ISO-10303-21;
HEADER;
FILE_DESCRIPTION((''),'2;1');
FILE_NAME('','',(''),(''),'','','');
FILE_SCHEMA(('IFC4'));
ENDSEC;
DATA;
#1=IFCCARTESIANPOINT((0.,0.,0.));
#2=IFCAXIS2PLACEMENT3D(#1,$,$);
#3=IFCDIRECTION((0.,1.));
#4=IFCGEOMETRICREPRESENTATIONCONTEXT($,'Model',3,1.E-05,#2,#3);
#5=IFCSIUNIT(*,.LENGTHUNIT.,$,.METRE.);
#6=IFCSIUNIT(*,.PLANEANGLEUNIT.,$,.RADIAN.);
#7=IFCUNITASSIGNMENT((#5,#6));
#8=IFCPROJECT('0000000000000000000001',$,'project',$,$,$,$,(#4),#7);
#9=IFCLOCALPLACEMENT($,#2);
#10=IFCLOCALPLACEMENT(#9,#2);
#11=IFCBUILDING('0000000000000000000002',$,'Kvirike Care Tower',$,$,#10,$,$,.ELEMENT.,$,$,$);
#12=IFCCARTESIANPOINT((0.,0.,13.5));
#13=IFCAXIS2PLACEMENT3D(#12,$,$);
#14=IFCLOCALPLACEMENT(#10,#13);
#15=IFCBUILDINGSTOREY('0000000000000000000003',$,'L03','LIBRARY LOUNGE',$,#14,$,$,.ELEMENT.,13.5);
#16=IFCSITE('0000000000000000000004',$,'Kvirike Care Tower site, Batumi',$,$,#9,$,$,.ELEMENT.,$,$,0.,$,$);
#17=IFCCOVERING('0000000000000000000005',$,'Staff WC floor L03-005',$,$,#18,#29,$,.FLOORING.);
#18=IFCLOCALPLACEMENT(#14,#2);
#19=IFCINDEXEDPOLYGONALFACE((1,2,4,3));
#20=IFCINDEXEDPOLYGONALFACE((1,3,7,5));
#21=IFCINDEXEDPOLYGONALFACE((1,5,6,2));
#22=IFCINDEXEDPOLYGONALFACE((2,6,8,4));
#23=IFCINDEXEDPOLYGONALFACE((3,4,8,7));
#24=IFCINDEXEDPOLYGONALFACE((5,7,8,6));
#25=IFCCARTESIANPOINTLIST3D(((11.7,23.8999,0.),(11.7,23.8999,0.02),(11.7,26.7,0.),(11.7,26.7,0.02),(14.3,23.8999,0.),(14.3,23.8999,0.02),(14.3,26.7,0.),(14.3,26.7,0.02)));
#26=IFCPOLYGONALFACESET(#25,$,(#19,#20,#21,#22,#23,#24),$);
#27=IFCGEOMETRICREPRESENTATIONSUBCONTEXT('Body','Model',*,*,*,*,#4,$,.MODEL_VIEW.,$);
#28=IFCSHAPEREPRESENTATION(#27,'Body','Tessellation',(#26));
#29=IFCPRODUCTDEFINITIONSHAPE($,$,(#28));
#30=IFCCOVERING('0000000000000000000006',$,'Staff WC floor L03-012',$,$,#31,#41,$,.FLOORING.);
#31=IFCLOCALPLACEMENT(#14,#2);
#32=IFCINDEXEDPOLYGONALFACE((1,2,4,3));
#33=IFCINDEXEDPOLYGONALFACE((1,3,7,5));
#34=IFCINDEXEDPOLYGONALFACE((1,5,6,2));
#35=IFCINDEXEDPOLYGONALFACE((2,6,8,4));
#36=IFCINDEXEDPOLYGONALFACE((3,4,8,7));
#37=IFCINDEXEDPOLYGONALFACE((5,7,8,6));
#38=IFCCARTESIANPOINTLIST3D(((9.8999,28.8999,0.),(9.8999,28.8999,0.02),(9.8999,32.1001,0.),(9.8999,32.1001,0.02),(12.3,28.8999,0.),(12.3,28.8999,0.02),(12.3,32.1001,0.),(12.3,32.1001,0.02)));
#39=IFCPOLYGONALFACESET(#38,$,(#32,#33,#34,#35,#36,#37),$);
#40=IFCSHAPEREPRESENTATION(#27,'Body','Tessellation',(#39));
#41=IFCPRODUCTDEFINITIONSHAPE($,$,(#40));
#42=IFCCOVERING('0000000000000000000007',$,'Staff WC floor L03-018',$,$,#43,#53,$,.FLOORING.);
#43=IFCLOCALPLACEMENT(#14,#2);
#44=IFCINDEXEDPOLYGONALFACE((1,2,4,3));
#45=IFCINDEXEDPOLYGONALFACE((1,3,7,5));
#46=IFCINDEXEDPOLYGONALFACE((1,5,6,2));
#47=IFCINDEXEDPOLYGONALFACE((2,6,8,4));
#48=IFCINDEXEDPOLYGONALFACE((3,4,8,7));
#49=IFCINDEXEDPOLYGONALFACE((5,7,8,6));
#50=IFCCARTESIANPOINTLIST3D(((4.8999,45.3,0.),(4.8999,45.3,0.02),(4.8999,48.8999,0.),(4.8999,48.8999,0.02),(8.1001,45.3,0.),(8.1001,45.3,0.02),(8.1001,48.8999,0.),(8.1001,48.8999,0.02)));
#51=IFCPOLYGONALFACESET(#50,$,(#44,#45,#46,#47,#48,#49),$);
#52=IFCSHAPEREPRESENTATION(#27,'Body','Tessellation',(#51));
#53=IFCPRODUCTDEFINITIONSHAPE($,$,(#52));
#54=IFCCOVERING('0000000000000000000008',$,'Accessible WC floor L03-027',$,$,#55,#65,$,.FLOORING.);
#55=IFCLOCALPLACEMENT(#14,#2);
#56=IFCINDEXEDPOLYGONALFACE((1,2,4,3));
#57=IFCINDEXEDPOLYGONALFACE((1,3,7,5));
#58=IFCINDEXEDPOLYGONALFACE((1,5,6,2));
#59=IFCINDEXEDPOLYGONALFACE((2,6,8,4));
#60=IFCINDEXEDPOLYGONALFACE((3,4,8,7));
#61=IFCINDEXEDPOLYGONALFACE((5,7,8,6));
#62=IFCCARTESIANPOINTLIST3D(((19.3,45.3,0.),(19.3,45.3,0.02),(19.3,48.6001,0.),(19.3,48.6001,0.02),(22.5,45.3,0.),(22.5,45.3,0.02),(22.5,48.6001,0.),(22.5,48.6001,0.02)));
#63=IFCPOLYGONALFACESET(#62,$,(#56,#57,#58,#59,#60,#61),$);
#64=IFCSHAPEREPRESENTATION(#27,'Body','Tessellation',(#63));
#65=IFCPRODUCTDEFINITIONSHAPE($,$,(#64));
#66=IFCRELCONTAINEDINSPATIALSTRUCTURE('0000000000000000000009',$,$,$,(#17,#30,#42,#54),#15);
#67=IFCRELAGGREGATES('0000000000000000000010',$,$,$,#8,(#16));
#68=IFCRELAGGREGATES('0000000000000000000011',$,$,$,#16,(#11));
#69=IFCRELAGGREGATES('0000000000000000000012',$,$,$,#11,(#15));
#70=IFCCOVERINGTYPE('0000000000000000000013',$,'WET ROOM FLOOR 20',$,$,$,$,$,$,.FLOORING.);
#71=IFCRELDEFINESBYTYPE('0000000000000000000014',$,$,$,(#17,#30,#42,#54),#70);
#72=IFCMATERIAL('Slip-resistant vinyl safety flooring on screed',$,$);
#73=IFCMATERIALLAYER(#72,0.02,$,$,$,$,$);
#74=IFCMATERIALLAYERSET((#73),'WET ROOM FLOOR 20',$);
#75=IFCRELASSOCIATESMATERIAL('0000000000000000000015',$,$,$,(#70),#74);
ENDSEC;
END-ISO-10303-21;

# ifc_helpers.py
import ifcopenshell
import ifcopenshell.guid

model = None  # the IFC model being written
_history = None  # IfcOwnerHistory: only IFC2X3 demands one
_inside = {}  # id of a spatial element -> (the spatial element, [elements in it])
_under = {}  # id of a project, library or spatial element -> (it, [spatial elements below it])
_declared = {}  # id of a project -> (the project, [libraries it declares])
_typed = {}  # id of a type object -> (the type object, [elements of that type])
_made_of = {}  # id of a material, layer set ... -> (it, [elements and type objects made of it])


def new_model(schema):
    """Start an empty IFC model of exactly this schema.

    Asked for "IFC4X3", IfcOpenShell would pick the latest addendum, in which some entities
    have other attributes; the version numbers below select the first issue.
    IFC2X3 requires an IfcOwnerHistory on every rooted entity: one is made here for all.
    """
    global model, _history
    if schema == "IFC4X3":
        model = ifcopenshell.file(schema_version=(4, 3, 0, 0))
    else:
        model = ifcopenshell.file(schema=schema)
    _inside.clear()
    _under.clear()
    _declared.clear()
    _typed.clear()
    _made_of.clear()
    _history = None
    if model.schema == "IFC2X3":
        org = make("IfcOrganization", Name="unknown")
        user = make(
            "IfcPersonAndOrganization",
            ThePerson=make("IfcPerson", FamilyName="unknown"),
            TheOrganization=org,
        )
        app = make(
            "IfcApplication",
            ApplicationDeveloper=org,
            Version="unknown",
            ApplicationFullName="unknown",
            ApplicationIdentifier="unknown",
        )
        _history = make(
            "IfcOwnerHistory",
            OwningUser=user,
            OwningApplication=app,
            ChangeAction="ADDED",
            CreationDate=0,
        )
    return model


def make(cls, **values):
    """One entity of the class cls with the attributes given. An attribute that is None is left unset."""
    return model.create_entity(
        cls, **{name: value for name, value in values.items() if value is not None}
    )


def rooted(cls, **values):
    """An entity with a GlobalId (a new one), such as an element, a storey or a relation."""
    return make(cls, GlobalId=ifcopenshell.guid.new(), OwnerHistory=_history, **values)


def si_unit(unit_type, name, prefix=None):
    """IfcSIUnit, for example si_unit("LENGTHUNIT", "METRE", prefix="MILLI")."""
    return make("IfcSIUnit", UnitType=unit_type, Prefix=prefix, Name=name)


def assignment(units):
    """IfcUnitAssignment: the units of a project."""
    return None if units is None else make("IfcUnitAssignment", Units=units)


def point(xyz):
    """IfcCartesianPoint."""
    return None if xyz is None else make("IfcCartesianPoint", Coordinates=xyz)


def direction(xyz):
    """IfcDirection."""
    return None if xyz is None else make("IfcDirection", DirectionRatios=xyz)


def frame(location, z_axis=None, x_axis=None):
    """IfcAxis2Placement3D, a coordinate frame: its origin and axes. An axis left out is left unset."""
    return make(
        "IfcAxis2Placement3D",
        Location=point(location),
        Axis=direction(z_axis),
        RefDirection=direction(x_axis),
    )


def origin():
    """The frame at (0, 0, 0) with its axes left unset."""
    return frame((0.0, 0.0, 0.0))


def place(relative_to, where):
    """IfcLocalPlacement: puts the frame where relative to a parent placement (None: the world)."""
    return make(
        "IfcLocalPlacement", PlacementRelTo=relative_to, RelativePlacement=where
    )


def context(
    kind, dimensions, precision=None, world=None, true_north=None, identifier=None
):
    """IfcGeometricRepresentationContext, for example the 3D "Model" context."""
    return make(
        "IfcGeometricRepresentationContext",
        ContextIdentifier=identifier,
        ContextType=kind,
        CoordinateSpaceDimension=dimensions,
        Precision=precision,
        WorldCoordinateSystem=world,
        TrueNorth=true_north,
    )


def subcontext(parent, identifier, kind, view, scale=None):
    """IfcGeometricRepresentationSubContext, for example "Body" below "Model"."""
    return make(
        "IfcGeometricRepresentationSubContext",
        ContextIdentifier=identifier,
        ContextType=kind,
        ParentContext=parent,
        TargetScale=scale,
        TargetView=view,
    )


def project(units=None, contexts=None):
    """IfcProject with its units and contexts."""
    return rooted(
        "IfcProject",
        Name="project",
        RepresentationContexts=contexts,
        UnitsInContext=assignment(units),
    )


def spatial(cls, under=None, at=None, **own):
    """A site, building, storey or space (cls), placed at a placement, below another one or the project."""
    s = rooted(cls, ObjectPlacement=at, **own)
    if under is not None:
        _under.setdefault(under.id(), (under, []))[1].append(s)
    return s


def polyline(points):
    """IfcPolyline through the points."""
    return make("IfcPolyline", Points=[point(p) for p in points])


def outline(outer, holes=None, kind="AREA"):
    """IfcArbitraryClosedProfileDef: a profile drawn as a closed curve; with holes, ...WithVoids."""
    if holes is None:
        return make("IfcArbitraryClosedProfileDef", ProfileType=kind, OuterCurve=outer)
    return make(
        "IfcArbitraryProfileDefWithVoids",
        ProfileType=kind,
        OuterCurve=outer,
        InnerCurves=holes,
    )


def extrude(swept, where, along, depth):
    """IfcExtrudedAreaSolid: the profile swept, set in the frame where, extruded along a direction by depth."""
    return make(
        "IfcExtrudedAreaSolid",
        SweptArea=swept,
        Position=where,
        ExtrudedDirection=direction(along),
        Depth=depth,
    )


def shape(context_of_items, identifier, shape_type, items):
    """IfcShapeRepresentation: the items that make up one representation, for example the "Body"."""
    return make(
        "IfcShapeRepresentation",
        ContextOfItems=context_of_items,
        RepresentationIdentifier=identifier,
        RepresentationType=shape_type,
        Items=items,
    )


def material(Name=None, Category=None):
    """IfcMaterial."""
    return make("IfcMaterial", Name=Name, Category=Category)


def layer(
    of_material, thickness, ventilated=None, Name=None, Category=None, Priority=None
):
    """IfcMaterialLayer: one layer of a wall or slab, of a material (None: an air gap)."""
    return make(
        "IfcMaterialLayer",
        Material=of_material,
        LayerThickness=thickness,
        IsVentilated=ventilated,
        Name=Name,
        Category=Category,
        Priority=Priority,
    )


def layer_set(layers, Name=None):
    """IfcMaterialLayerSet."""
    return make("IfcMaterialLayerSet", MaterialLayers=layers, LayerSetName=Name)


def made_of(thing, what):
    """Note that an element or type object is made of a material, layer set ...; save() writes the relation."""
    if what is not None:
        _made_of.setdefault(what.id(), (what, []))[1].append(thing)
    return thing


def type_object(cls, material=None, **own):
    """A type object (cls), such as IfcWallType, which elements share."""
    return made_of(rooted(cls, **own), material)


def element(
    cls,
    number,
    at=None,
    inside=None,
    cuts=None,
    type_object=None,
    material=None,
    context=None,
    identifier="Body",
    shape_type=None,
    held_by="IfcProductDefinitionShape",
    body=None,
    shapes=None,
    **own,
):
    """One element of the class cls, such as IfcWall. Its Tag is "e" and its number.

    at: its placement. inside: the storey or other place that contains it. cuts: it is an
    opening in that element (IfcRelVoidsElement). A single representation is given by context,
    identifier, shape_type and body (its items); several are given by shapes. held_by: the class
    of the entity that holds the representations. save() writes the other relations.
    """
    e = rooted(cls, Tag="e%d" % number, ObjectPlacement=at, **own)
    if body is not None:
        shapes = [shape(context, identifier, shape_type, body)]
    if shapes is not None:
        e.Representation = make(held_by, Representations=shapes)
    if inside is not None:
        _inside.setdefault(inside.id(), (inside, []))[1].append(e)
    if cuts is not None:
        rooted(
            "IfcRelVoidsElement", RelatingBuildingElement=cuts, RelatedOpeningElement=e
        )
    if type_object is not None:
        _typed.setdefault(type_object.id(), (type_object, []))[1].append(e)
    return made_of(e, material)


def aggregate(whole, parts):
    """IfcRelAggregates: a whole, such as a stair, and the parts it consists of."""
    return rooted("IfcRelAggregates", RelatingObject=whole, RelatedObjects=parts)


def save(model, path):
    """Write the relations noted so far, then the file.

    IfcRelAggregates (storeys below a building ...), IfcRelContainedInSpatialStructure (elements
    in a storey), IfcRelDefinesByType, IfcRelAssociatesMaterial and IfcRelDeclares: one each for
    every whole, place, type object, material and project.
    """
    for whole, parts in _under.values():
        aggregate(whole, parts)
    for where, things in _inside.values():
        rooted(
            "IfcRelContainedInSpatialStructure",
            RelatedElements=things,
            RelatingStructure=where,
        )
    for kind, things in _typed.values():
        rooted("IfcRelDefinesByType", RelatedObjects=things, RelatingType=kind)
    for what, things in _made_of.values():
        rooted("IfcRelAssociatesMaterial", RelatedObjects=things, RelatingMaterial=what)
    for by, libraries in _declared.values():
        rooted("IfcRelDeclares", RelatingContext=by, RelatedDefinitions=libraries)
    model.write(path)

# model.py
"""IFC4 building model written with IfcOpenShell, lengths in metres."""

from ifc_helpers import new_model, si_unit, direction, frame, origin, place, context, subcontext, project, spatial, polyline, outline, extrude, material, layer, layer_set, type_object, element, save


model = new_model("IFC4")

# Units and contexts
model_context = context("Model", 3, precision=1e-05, world=origin(), true_north=direction((0.0, 1.0)))
body_context = subcontext(model_context, "Body", "Model", "MODEL_VIEW")
ifc_project = project(units=[si_unit("LENGTHUNIT", "METRE"), si_unit("PLANEANGLEUNIT", "RADIAN")], contexts=[model_context])

# Site, building, storey
site_placement = place(None, origin())
site = spatial("IfcSite", under=ifc_project, at=site_placement, Name="Kvirike Care Tower site, Batumi", CompositionType="ELEMENT", RefElevation=0.0)
building_placement = place(site_placement, origin())
building = spatial("IfcBuilding", under=site, at=building_placement, Name="Kvirike Care Tower", CompositionType="ELEMENT")
storey_placement = place(building_placement, frame((0.0, 0.0, 13.5)))
storey = spatial("IfcBuildingStorey", under=building, at=storey_placement, Name="L03", Description="LIBRARY LOUNGE", CompositionType="ELEMENT", Elevation=13.5)

# Coverings
ifc_material_1 = material(Name="Slip-resistant vinyl safety flooring on screed")
ifc_layer_1 = layer(ifc_material_1, 0.02)
ifc_layer_set_1 = layer_set([ifc_layer_1], Name="WET ROOM FLOOR 20")
covering_type_1 = type_object("IfcCoveringType", Name="WET ROOM FLOOR 20", PredefinedType="FLOORING", material=ifc_layer_set_1)
covering_1_placement = place(storey_placement, origin())
element("IfcCovering", 1, at=covering_1_placement, inside=storey, type_object=covering_type_1, Name="Staff WC floor L03-005", PredefinedType="FLOORING", context=body_context, shape_type="SweptSolid", body=[
    extrude(outline(polyline([(11.7, 26.7), (14.3, 26.7), (14.3, 23.8999), (11.7, 23.8999), (11.7, 26.7)])), origin(), (0.0, 0.0, 1.0), 0.02),
])
covering_2_placement = place(storey_placement, origin())
element("IfcCovering", 2, at=covering_2_placement, inside=storey, type_object=covering_type_1, Name="Staff WC floor L03-012", PredefinedType="FLOORING", context=body_context, shape_type="SweptSolid", body=[
    extrude(outline(polyline([(12.3, 32.1001), (12.3, 28.8999), (9.8999, 28.8999), (9.8999, 32.1001), (12.3, 32.1001)])), origin(), (0.0, 0.0, 1.0), 0.02),
])
covering_3_placement = place(storey_placement, origin())
element("IfcCovering", 3, at=covering_3_placement, inside=storey, type_object=covering_type_1, Name="Staff WC floor L03-018", PredefinedType="FLOORING", context=body_context, shape_type="SweptSolid", body=[
    extrude(outline(polyline([(8.1001, 45.3), (4.8999, 45.3), (4.8999, 48.8999), (8.1001, 48.8999), (8.1001, 45.3)])), origin(), (0.0, 0.0, 1.0), 0.02),
])
covering_4_placement = place(storey_placement, origin())
element("IfcCovering", 4, at=covering_4_placement, inside=storey, type_object=covering_type_1, Name="Accessible WC floor L03-027", PredefinedType="FLOORING", context=body_context, shape_type="SweptSolid", body=[
    extrude(outline(polyline([(22.5, 45.3), (19.3, 45.3), (19.3, 48.6001), (22.5, 48.6001), (22.5, 45.3)])), origin(), (0.0, 0.0, 1.0), 0.02),
])

save(model, "model.ifc")
